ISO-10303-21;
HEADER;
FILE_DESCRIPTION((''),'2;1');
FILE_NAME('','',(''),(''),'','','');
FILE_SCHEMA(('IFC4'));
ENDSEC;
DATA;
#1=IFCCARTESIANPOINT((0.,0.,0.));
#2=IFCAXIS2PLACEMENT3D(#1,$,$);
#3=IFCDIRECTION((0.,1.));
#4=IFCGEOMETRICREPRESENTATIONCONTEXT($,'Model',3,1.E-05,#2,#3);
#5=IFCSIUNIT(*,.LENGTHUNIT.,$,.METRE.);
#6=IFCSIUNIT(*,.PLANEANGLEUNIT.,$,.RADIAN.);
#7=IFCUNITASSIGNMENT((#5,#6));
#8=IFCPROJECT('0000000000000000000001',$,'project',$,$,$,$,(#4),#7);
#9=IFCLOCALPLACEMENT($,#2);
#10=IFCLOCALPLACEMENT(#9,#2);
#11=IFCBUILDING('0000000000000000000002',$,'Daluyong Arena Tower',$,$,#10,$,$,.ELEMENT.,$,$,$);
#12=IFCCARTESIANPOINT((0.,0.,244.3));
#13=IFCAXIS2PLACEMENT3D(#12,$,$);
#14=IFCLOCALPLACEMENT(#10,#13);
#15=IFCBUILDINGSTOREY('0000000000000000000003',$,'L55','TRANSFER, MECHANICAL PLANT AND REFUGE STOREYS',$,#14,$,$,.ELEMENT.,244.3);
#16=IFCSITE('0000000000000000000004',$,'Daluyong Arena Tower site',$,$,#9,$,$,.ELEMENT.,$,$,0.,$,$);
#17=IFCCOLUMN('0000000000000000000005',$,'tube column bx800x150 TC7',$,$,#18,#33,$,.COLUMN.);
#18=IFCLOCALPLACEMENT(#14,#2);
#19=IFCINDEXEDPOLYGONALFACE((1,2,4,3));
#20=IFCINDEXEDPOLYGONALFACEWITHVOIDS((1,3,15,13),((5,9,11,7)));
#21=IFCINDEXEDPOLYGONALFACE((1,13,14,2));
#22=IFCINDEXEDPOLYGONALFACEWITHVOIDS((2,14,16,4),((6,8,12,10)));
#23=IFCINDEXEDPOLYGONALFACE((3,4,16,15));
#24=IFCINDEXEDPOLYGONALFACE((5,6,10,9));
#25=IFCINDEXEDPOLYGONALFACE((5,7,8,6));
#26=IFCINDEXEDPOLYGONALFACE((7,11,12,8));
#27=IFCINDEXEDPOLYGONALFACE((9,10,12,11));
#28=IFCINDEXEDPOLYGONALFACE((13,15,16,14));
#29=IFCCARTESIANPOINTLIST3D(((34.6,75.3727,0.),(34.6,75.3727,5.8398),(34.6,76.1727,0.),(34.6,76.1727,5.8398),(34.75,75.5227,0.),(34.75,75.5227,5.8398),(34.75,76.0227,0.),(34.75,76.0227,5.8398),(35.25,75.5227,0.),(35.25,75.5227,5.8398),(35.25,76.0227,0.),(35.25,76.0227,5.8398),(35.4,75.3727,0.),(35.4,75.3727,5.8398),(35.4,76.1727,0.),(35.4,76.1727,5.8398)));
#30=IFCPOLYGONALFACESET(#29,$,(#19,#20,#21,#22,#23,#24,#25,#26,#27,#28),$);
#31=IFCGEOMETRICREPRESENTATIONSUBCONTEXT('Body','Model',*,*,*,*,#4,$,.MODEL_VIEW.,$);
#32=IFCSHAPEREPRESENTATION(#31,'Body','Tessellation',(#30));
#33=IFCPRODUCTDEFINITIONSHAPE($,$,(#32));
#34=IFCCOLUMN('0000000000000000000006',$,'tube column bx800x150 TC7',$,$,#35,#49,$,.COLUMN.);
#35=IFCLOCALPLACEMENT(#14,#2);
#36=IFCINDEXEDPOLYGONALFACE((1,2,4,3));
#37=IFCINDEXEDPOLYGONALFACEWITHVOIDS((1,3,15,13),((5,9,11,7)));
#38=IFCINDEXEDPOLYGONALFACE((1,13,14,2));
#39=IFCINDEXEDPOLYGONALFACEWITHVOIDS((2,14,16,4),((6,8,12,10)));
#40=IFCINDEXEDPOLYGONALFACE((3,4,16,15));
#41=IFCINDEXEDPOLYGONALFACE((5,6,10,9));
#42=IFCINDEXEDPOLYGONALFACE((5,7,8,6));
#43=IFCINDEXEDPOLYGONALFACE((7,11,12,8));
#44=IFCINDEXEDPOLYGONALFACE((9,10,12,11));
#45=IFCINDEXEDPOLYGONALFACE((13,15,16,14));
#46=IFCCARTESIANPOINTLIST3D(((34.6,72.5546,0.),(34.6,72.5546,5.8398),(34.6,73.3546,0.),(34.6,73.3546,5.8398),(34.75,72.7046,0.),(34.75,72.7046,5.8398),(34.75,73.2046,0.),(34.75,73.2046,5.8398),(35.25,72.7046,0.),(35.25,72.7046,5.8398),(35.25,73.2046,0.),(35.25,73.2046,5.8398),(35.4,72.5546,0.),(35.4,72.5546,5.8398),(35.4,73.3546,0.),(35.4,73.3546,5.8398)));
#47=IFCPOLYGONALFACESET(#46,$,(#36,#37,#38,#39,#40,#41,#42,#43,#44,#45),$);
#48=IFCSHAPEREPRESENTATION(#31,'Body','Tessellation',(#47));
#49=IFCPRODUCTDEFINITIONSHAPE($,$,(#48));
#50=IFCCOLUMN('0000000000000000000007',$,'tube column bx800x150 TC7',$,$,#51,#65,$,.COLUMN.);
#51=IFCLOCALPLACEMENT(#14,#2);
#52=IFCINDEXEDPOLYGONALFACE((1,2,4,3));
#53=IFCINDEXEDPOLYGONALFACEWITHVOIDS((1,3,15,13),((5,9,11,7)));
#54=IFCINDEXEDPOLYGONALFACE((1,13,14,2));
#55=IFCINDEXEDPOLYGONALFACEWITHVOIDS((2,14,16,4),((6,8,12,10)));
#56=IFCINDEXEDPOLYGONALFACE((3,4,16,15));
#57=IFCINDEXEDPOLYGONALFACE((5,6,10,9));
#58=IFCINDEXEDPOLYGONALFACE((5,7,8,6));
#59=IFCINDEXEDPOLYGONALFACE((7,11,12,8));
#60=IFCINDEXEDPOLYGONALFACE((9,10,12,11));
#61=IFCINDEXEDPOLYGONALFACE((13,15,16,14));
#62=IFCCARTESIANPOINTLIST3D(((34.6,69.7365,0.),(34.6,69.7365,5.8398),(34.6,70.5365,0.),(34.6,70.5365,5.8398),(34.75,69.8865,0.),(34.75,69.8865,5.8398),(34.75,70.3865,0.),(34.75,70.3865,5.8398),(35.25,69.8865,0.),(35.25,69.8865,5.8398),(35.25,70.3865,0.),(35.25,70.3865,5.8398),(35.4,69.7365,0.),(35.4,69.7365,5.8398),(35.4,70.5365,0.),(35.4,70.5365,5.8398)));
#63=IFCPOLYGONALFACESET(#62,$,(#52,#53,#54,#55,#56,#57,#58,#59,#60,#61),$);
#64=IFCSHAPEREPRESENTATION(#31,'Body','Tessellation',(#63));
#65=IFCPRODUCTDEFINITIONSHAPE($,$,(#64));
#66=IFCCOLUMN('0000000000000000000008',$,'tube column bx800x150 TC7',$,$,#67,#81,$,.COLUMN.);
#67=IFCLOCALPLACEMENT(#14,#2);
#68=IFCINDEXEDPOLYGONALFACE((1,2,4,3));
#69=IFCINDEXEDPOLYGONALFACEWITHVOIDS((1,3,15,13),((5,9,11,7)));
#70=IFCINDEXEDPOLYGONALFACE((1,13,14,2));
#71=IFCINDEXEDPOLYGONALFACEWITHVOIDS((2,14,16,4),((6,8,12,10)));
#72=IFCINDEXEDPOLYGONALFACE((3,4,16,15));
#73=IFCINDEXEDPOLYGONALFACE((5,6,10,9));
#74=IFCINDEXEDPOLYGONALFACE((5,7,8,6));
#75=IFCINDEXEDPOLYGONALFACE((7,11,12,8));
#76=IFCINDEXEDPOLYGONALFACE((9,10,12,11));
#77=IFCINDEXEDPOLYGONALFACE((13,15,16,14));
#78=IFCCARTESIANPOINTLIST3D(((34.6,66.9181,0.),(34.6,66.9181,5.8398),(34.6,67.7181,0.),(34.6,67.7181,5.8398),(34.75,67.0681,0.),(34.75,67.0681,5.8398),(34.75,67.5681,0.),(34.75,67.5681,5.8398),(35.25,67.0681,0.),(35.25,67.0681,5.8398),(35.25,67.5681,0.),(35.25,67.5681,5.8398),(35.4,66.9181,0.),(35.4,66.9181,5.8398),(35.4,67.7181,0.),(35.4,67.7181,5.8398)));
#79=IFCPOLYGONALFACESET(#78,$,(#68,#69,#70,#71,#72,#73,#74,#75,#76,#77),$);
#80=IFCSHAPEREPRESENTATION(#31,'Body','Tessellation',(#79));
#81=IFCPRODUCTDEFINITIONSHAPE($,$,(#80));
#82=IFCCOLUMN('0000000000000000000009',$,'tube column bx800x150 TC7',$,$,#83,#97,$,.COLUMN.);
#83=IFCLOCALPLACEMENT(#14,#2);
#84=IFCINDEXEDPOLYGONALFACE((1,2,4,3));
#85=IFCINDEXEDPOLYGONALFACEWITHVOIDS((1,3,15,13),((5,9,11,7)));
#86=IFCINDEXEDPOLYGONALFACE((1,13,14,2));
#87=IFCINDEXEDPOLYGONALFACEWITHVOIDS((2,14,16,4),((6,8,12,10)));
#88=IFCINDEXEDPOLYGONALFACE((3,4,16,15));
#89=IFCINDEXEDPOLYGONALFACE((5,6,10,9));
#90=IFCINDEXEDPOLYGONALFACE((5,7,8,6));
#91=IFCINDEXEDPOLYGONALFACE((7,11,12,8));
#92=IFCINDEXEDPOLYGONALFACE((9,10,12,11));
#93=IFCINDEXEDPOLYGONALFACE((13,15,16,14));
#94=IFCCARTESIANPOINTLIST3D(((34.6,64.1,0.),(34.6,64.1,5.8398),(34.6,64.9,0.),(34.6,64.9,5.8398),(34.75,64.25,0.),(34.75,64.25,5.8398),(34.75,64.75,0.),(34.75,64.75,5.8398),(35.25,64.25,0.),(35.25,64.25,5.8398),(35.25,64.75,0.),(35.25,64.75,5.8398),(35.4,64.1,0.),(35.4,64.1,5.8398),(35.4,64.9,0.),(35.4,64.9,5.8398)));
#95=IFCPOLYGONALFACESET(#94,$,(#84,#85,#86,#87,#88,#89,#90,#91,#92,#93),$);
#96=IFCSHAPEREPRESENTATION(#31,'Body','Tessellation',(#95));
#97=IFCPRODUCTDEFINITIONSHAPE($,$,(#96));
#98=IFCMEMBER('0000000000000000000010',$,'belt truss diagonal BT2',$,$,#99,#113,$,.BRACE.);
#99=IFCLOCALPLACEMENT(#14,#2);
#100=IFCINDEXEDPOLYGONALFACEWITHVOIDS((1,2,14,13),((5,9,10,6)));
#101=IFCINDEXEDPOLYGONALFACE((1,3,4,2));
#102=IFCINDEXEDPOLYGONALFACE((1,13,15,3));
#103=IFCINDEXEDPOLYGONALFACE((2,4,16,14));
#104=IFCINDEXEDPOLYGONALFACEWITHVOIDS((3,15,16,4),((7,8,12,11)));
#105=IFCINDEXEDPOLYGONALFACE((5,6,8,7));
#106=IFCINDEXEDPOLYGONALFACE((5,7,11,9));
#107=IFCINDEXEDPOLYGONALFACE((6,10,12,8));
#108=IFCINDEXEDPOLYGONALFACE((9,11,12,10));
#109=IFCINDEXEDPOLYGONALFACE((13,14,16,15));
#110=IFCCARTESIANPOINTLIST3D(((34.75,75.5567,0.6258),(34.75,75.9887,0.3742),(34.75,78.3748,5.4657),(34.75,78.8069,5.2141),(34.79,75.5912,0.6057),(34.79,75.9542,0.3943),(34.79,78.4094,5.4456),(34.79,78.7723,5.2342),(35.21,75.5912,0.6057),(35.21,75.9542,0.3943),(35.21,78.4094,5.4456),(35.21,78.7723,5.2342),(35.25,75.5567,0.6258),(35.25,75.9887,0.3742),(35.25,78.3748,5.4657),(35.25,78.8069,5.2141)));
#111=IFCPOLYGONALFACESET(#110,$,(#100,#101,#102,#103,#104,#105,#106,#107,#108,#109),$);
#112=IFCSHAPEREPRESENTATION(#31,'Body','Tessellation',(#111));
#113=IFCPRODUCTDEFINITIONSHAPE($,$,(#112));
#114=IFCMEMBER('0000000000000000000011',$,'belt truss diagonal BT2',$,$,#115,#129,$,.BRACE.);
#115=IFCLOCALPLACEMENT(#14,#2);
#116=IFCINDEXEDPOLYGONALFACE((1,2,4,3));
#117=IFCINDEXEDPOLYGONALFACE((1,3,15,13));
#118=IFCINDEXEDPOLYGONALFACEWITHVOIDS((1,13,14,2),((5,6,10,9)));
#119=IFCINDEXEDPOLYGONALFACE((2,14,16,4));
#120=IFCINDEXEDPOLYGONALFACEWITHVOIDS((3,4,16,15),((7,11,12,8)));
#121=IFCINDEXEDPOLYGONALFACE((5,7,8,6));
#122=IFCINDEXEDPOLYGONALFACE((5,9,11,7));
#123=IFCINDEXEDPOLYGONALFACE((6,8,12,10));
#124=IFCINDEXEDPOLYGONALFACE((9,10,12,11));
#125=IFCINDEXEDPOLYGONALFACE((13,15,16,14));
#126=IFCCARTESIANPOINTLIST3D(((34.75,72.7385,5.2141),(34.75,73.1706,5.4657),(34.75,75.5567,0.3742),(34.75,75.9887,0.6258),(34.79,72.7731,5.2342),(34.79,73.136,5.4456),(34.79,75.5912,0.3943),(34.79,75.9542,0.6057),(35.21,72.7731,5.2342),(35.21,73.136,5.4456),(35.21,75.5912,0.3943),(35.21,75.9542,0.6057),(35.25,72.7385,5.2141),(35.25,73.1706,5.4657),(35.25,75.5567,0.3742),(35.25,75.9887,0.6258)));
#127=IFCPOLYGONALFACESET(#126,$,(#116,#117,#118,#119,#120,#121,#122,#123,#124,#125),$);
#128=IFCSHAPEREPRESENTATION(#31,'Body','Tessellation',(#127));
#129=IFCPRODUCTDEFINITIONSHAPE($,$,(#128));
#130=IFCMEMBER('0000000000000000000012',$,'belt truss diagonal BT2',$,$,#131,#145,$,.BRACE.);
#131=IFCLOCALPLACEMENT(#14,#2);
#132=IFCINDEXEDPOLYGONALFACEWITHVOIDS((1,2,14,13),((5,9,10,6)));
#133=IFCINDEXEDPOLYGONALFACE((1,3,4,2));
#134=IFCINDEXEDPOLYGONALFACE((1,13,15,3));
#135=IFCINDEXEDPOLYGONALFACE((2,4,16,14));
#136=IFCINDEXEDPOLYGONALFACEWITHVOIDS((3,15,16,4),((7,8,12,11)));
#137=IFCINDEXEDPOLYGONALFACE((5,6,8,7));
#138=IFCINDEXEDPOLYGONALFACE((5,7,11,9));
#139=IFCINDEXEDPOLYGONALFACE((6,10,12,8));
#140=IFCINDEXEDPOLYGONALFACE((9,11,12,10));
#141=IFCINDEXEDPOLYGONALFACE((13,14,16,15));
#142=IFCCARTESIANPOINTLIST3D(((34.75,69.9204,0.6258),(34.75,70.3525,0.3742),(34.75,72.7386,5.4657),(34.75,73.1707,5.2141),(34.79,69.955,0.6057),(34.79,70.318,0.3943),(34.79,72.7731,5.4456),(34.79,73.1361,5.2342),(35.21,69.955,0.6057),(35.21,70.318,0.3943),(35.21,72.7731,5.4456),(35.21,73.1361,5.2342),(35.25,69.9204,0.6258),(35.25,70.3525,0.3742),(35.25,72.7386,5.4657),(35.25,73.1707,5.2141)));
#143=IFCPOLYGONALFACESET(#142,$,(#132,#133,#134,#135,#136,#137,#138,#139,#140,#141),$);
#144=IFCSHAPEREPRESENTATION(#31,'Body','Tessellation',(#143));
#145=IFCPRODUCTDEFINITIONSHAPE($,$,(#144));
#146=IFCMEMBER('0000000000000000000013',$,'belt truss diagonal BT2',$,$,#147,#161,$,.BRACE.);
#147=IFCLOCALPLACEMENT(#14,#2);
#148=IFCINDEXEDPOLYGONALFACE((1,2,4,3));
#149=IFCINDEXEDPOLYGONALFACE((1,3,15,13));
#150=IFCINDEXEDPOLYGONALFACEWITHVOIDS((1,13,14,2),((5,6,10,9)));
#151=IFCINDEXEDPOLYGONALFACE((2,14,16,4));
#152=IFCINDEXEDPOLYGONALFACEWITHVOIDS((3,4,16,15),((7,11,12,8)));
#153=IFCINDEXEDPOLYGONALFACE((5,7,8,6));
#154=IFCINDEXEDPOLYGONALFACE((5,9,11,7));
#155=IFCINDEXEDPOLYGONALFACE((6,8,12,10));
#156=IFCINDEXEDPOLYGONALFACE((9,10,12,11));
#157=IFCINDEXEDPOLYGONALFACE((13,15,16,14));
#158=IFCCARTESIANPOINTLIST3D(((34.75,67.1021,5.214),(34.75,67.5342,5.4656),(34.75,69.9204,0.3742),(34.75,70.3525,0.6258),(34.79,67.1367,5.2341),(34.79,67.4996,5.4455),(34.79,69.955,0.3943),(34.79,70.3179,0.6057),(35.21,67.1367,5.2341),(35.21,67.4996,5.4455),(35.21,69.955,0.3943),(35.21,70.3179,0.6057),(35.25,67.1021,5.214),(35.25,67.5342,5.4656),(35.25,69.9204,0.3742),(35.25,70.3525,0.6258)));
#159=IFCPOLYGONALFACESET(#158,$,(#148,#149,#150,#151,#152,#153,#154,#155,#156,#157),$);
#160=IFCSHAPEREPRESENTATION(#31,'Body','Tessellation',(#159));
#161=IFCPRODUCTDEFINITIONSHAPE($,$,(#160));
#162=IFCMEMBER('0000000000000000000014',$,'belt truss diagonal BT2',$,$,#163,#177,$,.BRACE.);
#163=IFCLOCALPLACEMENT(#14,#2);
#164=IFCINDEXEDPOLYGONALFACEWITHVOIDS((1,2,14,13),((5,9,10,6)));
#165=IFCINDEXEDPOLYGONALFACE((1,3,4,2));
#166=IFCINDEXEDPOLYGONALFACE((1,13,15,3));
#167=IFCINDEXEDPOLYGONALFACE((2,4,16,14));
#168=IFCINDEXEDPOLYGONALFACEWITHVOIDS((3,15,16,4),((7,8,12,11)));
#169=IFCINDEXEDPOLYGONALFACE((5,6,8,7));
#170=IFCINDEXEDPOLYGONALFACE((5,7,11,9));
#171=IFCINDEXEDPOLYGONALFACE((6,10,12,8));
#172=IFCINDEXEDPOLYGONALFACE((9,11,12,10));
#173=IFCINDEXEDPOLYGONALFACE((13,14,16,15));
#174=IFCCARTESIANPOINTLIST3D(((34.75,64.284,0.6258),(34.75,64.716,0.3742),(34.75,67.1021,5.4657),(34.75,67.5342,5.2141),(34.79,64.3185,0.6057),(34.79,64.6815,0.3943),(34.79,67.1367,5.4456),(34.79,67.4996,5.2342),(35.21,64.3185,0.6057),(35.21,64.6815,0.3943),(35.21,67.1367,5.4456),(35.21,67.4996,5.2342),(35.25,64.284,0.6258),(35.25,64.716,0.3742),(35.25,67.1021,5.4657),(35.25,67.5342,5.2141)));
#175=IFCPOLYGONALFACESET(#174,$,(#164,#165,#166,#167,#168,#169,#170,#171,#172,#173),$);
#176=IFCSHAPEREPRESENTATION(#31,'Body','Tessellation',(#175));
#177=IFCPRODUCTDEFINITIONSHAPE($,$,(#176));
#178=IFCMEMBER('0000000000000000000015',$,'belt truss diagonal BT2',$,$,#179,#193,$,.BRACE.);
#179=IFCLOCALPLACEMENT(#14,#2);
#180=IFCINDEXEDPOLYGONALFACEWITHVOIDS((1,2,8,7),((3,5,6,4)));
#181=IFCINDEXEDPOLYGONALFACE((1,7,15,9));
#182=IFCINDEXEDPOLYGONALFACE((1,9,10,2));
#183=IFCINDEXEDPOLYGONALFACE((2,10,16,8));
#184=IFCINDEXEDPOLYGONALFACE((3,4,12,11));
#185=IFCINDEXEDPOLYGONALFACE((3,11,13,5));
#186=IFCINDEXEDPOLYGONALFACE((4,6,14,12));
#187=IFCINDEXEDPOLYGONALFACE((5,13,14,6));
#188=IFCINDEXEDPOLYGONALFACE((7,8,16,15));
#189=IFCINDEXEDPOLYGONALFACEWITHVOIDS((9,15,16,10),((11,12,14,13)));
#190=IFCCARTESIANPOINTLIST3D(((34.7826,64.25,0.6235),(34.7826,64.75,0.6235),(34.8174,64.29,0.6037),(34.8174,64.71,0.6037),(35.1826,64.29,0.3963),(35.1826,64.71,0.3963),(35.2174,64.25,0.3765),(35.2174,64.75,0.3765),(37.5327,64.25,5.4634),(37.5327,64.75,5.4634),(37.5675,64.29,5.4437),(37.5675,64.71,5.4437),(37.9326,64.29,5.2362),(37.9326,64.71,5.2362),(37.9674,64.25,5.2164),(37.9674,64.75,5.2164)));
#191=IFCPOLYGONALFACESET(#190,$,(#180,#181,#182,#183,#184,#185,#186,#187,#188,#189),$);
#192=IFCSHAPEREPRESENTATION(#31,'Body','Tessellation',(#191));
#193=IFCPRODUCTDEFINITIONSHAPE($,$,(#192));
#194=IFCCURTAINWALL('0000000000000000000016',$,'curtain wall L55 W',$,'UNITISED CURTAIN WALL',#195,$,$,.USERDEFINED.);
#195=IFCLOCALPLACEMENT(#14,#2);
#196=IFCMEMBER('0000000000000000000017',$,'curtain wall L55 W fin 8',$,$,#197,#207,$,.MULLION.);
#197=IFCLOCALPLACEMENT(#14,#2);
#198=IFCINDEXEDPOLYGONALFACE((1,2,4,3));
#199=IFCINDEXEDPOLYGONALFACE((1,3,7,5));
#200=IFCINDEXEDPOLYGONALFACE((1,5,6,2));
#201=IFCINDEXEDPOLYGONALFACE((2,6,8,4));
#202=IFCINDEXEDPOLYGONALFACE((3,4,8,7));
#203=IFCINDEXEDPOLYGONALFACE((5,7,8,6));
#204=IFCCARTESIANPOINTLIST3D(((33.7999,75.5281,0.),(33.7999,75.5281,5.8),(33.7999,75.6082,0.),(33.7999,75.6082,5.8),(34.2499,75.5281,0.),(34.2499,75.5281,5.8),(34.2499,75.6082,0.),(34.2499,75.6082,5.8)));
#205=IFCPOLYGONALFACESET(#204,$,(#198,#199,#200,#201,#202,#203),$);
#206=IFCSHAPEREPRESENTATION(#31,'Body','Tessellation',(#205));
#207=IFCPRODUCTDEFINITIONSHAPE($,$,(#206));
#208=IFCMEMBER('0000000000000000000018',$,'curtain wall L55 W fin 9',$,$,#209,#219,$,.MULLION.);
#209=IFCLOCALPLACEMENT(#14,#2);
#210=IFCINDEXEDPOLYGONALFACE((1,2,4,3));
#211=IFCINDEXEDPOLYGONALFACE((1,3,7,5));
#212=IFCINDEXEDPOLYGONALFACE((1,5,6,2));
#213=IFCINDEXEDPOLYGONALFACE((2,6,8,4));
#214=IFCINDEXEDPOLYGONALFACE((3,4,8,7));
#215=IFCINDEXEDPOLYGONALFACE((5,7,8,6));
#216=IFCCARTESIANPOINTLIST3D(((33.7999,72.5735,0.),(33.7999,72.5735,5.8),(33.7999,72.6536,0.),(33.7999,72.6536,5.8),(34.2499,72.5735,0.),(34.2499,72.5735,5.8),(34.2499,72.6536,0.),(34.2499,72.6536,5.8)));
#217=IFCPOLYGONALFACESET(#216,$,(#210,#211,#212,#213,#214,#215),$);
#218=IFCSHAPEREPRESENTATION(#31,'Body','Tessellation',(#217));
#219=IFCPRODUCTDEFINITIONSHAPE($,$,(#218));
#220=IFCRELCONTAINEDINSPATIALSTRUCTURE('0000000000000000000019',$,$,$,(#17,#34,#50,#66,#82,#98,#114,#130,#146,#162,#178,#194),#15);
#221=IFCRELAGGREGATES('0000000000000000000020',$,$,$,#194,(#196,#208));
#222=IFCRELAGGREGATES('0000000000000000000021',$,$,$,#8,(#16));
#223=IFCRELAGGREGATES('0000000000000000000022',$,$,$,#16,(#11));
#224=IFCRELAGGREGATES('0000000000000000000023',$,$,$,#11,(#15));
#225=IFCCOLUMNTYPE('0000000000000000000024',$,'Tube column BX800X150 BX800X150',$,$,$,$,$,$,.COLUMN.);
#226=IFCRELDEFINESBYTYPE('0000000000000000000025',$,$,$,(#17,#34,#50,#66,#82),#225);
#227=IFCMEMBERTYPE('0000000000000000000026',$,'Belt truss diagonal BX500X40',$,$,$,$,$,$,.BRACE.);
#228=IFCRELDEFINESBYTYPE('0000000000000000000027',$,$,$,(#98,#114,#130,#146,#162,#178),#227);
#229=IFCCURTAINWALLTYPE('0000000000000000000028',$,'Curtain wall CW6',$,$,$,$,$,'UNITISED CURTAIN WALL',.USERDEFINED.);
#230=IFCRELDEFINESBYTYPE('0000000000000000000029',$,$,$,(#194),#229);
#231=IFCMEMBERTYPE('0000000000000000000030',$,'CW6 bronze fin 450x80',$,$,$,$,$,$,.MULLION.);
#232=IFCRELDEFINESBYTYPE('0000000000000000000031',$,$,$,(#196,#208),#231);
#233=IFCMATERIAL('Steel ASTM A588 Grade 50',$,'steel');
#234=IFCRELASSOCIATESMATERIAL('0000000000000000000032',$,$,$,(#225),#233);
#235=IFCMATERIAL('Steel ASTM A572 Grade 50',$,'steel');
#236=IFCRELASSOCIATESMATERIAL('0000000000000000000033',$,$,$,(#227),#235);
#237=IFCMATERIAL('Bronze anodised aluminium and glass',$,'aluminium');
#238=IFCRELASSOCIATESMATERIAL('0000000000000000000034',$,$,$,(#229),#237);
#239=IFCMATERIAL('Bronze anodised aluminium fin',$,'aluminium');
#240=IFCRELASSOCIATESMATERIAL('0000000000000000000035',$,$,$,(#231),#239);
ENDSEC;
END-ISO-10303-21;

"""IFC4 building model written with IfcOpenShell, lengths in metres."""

from ifc_helpers import new_model, si_unit, direction, frame, origin, origin_2d, place, context, subcontext, project, spatial, rectangle, hollow_rectangle, extrude, material, material_profile, profile_set, type_object, element, aggregate, save


model = new_model("IFC4")

# Units and contexts
model_context = context("Model", 3, precision=1e-05, world=origin(), true_north=direction((0.0, 1.0)))
body_context = subcontext(model_context, "Body", "Model", "MODEL_VIEW")
ifc_project = project(units=[si_unit("LENGTHUNIT", "METRE"), si_unit("PLANEANGLEUNIT", "RADIAN")], contexts=[model_context])

# Site, building, storey
site_placement = place(None, origin())
site = spatial("IfcSite", under=ifc_project, at=site_placement, Name="Daluyong Arena Tower site", CompositionType="ELEMENT", RefElevation=0.0)
building_placement = place(site_placement, origin())
building = spatial("IfcBuilding", under=site, at=building_placement, Name="Daluyong Arena Tower", CompositionType="ELEMENT")
storey_placement = place(building_placement, frame((0.0, 0.0, 244.3)))
storey = spatial("IfcBuildingStorey", under=building, at=storey_placement, Name="L55", Description="TRANSFER, MECHANICAL PLANT AND REFUGE STOREYS", CompositionType="ELEMENT", Elevation=244.3)

# Columns
ifc_material_1 = material(Name="Steel ASTM A588 Grade 50", Category="steel")
ifc_material_profile_1 = material_profile(ifc_material_1, hollow_rectangle(XDim=0.8, YDim=0.8, WallThickness=0.15, at=origin_2d()))
ifc_profile_set_1 = profile_set([ifc_material_profile_1], Name="Steel ASTM A588 Grade 50")
column_type = type_object("IfcColumnType", Name="Tube column BX800X150 BX800X150", PredefinedType="COLUMN", material=ifc_profile_set_1)
for number, where, z_axis, x_axis, name in (
    (1, (35.0, 75.7727, 0.0), (0.0, 0.0, 1.0), (0.0, 1.0, 0.0), "tube column bx800x150 TC7"),
    (2, (35.0, 72.9546, 0.0), (0.0, 0.0, 1.0), (0.0, 1.0, 0.0), "tube column bx800x150 TC7"),
    (3, (35.0, 70.1365, 0.0), (0.0, 0.0, 1.0), (0.0, 1.0, 0.0), "tube column bx800x150 TC7"),
    (4, (35.0, 67.3181, 0.0), (0.0, 0.0, 1.0), (0.0, 1.0, 0.0), "tube column bx800x150 TC7"),
    (5, (35.0, 64.5, 0.0), (0.0, 0.0, 1.0), (1.0, 0.0, 0.0), "tube column bx800x150 TC7"),
):
    element("IfcColumn", number, at=place(storey_placement, frame(where, z_axis=z_axis, x_axis=x_axis)), inside=storey, type_object=column_type, Name=name, PredefinedType="COLUMN", context=body_context, shape_type="SweptSolid", body=[
        extrude(hollow_rectangle(XDim=0.8, YDim=0.8, WallThickness=0.15, at=origin_2d()), origin(), (0.0, 0.0, 1.0), 5.8398),
    ])

# Members
ifc_material_2 = material(Name="Steel ASTM A572 Grade 50", Category="steel")
ifc_material_profile_2 = material_profile(ifc_material_2, hollow_rectangle(XDim=0.5, YDim=0.5, WallThickness=0.04, at=origin_2d()))
ifc_profile_set_2 = profile_set([ifc_material_profile_2], Name="Steel ASTM A572 Grade 50")
member_type_1 = type_object("IfcMemberType", Name="Belt truss diagonal BX500X40", PredefinedType="BRACE", material=ifc_profile_set_2)
for number, where, z_axis, x_axis, name in (
    (6, (35.0, 75.7727, 0.5), (0.0, 0.503188, 0.864177), (-1.0, 0.0, 0.0), "belt truss diagonal BT2"),
    (7, (35.0, 75.7727, 0.5), (0.0, -0.503188, 0.864177), (1.0, 0.0, 0.0), "belt truss diagonal BT2"),
    (8, (35.0, 70.1365, 0.5), (0.0, 0.503188, 0.864177), (-1.0, 0.0, 0.0), "belt truss diagonal BT2"),
    (9, (35.0, 70.1365, 0.5), (0.0, -0.50322, 0.864158), (1.0, 0.0, 0.0), "belt truss diagonal BT2"),
    (10, (35.0, 64.5, 0.5), (0.0, 0.503188, 0.864177), (-1.0, 0.0, 0.0), "belt truss diagonal BT2"),
):
    element("IfcMember", number, at=place(storey_placement, frame(where, z_axis=z_axis, x_axis=x_axis)), inside=storey, type_object=member_type_1, Name=name, PredefinedType="BRACE", context=body_context, shape_type="SweptSolid", body=[
        extrude(hollow_rectangle(XDim=0.5, YDim=0.5, WallThickness=0.04, at=origin_2d()), origin(), (0.0, 0.0, 1.0), 5.6006),
    ])
member_1_placement = place(storey_placement, frame((35.0, 64.5, 0.5), z_axis=(0.494021, 0.0, 0.86945), x_axis=(0.0, 1.0, 0.0)))
element("IfcMember", 11, at=member_1_placement, inside=storey, type_object=member_type_1, Name="belt truss diagonal BT2", PredefinedType="BRACE", context=body_context, shape_type="SweptSolid", body=[
    extrude(hollow_rectangle(XDim=0.5, YDim=0.5, WallThickness=0.04, at=origin_2d()), origin(), (0.0, 0.0, 1.0), 5.5667),
])

# Curtain wall, members
ifc_material_3 = material(Name="Bronze anodised aluminium and glass", Category="aluminium")
curtain_wall_type = type_object("IfcCurtainWallType", Name="Curtain wall CW6", ElementType="UNITISED CURTAIN WALL", PredefinedType="USERDEFINED", material=ifc_material_3)
curtain_wall_1_placement = place(storey_placement, origin())
curtain_wall_1 = element("IfcCurtainWall", 12, at=curtain_wall_1_placement, inside=storey, type_object=curtain_wall_type, Name="curtain wall L55 W", ObjectType="UNITISED CURTAIN WALL", PredefinedType="USERDEFINED")
ifc_material_4 = material(Name="Bronze anodised aluminium fin", Category="aluminium")
ifc_material_profile_3 = material_profile(ifc_material_4, rectangle(XDim=0.45, YDim=0.0801, at=origin_2d()))
ifc_profile_set_3 = profile_set([ifc_material_profile_3], Name="Bronze anodised aluminium fin")
member_type_2 = type_object("IfcMemberType", Name="CW6 bronze fin 450x80", PredefinedType="MULLION", material=ifc_profile_set_3)
member_2_placement = place(storey_placement, frame((34.0249, 75.5681, 0.0), z_axis=(0.0, 0.0, 1.0), x_axis=(1.0, 0.0, 0.0)))
member_2 = element("IfcMember", 13, at=member_2_placement, type_object=member_type_2, Name="curtain wall L55 W fin 8", PredefinedType="MULLION", context=body_context, shape_type="SweptSolid", body=[
    extrude(rectangle(XDim=0.45, YDim=0.0801, at=origin_2d()), origin(), (0.0, 0.0, 1.0), 5.8),
])
member_3_placement = place(storey_placement, frame((34.0249, 72.6135, 0.0), z_axis=(0.0, 0.0, 1.0), x_axis=(1.0, 0.0, 0.0)))
member_3 = element("IfcMember", 14, at=member_3_placement, type_object=member_type_2, Name="curtain wall L55 W fin 9", PredefinedType="MULLION", context=body_context, shape_type="SweptSolid", body=[
    extrude(rectangle(XDim=0.45, YDim=0.0801, at=origin_2d()), origin(), (0.0, 0.0, 1.0), 5.8),
])

aggregate(curtain_wall_1, [member_2, member_3])

save(model, "model.ifc")
